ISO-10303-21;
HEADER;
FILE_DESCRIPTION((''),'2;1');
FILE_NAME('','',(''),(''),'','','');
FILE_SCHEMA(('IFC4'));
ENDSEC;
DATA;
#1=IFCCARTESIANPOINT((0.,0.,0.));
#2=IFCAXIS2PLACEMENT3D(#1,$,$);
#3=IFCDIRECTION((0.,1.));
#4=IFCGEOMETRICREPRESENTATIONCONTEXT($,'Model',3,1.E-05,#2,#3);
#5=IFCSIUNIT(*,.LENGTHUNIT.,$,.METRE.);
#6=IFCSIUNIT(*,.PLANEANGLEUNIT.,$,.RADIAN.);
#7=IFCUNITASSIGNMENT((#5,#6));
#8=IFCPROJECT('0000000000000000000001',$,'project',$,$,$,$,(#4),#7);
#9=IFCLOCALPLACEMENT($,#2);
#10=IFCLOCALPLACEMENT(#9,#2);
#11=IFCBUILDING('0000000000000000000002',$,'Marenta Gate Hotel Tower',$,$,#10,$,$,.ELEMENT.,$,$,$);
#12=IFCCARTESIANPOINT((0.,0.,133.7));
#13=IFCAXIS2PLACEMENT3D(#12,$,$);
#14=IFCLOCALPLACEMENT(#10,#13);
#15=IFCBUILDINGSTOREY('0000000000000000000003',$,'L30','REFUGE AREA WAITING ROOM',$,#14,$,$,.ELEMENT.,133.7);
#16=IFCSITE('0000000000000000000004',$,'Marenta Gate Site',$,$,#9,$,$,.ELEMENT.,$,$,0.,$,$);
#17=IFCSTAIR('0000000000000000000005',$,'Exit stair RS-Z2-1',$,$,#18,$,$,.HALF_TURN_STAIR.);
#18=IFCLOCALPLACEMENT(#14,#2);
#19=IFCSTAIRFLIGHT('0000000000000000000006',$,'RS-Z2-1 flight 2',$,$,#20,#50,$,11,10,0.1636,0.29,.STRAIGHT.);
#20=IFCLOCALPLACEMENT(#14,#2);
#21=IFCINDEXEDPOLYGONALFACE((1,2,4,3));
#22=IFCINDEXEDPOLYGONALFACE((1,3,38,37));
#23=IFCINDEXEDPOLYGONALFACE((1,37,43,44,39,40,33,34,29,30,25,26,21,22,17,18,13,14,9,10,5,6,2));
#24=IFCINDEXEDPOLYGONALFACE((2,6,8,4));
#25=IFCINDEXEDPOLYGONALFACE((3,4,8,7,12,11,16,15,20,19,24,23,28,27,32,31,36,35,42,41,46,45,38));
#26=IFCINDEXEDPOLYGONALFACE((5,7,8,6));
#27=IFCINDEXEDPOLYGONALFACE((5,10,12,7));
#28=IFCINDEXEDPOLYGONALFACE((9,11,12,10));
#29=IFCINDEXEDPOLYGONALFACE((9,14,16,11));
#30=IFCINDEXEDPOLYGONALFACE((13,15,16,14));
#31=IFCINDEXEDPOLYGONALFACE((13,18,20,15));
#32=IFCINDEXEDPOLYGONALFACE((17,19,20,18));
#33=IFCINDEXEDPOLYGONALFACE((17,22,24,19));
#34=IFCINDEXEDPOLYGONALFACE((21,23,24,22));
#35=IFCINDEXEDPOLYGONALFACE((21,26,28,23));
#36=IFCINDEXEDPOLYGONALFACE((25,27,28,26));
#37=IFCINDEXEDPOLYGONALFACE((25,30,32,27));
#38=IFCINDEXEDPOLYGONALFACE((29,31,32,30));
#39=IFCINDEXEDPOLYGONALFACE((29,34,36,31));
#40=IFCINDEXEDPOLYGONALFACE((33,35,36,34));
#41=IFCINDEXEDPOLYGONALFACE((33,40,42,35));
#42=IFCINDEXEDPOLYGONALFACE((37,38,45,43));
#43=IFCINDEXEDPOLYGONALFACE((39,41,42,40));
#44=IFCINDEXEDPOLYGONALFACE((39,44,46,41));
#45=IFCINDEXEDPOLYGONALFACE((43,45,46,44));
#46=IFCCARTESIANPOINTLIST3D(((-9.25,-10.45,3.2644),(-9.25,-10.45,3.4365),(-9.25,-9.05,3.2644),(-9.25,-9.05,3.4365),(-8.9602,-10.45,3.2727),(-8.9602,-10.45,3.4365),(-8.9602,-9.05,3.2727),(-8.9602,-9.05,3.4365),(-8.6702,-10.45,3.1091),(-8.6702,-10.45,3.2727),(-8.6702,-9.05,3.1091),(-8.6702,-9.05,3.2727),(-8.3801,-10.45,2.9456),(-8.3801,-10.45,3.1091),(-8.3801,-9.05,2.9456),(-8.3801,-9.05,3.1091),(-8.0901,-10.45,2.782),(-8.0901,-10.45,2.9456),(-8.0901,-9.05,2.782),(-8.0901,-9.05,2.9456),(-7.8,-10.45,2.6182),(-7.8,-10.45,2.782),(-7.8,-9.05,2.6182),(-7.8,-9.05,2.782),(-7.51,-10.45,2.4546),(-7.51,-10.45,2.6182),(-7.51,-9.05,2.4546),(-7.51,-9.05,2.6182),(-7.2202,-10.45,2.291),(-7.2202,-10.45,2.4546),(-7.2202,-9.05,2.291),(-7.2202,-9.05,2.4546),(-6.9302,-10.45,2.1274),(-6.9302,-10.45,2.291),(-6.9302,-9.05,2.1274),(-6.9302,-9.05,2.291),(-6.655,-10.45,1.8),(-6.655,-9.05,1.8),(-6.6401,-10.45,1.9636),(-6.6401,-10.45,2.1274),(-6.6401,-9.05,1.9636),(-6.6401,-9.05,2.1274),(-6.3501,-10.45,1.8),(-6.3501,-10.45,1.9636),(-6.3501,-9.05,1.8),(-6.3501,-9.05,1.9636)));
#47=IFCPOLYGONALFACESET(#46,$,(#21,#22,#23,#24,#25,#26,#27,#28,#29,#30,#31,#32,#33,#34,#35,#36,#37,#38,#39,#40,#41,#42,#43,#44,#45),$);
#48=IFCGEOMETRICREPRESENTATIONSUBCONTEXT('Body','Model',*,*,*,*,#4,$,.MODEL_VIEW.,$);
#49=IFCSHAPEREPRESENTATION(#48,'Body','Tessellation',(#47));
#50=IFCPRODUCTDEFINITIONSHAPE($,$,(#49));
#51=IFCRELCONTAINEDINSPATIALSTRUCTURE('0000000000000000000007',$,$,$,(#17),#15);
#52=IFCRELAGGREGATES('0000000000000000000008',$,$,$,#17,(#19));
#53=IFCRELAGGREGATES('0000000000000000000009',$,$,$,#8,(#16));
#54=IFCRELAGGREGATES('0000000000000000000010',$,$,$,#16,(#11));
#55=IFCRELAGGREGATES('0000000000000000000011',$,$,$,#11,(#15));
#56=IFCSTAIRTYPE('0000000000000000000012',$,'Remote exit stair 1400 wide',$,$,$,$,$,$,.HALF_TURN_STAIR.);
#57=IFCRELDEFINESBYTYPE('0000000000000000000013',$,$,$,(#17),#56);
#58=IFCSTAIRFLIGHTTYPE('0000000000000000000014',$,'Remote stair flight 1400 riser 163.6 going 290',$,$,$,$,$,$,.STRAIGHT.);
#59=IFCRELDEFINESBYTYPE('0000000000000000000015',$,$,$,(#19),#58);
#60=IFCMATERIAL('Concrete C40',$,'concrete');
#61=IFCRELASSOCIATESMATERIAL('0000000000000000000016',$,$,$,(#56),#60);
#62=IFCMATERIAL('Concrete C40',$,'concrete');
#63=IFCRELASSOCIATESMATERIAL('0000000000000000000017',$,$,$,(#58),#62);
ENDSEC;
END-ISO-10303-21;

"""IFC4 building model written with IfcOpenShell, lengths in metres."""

from ifc_helpers import new_model, si_unit, direction, frame, origin, place, context, subcontext, project, spatial, polyline, outline, extrude, material, type_object, element, aggregate, save


model = new_model("IFC4")

# Units and contexts
model_context = context("Model", 3, precision=1e-05, world=origin(), true_north=direction((0.0, 1.0)))
body_context = subcontext(model_context, "Body", "Model", "MODEL_VIEW")
ifc_project = project(units=[si_unit("LENGTHUNIT", "METRE"), si_unit("PLANEANGLEUNIT", "RADIAN")], contexts=[model_context])

# Site, building, storey
site_placement = place(None, origin())
site = spatial("IfcSite", under=ifc_project, at=site_placement, Name="Marenta Gate Site", CompositionType="ELEMENT", RefElevation=0.0)
building_placement = place(site_placement, origin())
building = spatial("IfcBuilding", under=site, at=building_placement, Name="Marenta Gate Hotel Tower", CompositionType="ELEMENT")
storey_placement = place(building_placement, frame((0.0, 0.0, 133.7)))
storey = spatial("IfcBuildingStorey", under=building, at=storey_placement, Name="L30", Description="REFUGE AREA WAITING ROOM", CompositionType="ELEMENT", Elevation=133.7)

# Stair, stair flight
ifc_material_1 = material(Name="Concrete C40", Category="concrete")
stair_type = type_object("IfcStairType", Name="Remote exit stair 1400 wide", PredefinedType="HALF_TURN_STAIR", material=ifc_material_1)
stair_placement = place(storey_placement, origin())
stair = element("IfcStair", 1, at=stair_placement, inside=storey, type_object=stair_type, Name="Exit stair RS-Z2-1", PredefinedType="HALF_TURN_STAIR")
ifc_material_2 = material(Name="Concrete C40", Category="concrete")
stair_flight_type = type_object("IfcStairFlightType", Name="Remote stair flight 1400 riser 163.6 going 290", PredefinedType="STRAIGHT", material=ifc_material_2)
stair_flight_1_placement = place(storey_placement, frame((-6.3501, -9.75, 1.8), z_axis=(0.0, 0.0, 1.0), x_axis=(-1.0, 0.0, 0.0)))
stair_flight_1 = element("IfcStairFlight", 2, at=stair_flight_1_placement, type_object=stair_flight_type, Name="RS-Z2-1 flight 2", NumberOfRisers=11, NumberOfTreads=10, PredefinedType="STRAIGHT", RiserHeight=0.1636, TreadLength=0.29, context=body_context, shape_type="SweptSolid", body=[
    extrude(outline(polyline([(0.0, 0.0), (0.0, 0.1636), (0.29, 0.1636), (0.29, 0.3274), (0.5801, 0.3274), (0.5801, 0.491), (0.8701, 0.491), (0.8701, 0.6545), (1.1599, 0.6545), (1.1599, 0.8181), (1.45, 0.8181), (1.45, 0.9819), (1.74, 0.9819), (1.74, 1.1455), (2.03, 1.1455), (2.03, 1.3091), (2.3201, 1.3091), (2.3201, 1.4727), (2.6101, 1.4727), (2.6101, 1.6365), (2.8999, 1.6365), (2.8999, 1.8), (2.8999, 1.4644), (0.3049, 0.0), (0.0, 0.0)])), frame((0.0, 0.7, 0.0), z_axis=(0.0, -1.0, 0.0), x_axis=(1.0, 0.0, 0.0)), (0.0, 0.0, 1.0), 1.3999),
])
aggregate(stair, [stair_flight_1])

save(model, "model.ifc")
